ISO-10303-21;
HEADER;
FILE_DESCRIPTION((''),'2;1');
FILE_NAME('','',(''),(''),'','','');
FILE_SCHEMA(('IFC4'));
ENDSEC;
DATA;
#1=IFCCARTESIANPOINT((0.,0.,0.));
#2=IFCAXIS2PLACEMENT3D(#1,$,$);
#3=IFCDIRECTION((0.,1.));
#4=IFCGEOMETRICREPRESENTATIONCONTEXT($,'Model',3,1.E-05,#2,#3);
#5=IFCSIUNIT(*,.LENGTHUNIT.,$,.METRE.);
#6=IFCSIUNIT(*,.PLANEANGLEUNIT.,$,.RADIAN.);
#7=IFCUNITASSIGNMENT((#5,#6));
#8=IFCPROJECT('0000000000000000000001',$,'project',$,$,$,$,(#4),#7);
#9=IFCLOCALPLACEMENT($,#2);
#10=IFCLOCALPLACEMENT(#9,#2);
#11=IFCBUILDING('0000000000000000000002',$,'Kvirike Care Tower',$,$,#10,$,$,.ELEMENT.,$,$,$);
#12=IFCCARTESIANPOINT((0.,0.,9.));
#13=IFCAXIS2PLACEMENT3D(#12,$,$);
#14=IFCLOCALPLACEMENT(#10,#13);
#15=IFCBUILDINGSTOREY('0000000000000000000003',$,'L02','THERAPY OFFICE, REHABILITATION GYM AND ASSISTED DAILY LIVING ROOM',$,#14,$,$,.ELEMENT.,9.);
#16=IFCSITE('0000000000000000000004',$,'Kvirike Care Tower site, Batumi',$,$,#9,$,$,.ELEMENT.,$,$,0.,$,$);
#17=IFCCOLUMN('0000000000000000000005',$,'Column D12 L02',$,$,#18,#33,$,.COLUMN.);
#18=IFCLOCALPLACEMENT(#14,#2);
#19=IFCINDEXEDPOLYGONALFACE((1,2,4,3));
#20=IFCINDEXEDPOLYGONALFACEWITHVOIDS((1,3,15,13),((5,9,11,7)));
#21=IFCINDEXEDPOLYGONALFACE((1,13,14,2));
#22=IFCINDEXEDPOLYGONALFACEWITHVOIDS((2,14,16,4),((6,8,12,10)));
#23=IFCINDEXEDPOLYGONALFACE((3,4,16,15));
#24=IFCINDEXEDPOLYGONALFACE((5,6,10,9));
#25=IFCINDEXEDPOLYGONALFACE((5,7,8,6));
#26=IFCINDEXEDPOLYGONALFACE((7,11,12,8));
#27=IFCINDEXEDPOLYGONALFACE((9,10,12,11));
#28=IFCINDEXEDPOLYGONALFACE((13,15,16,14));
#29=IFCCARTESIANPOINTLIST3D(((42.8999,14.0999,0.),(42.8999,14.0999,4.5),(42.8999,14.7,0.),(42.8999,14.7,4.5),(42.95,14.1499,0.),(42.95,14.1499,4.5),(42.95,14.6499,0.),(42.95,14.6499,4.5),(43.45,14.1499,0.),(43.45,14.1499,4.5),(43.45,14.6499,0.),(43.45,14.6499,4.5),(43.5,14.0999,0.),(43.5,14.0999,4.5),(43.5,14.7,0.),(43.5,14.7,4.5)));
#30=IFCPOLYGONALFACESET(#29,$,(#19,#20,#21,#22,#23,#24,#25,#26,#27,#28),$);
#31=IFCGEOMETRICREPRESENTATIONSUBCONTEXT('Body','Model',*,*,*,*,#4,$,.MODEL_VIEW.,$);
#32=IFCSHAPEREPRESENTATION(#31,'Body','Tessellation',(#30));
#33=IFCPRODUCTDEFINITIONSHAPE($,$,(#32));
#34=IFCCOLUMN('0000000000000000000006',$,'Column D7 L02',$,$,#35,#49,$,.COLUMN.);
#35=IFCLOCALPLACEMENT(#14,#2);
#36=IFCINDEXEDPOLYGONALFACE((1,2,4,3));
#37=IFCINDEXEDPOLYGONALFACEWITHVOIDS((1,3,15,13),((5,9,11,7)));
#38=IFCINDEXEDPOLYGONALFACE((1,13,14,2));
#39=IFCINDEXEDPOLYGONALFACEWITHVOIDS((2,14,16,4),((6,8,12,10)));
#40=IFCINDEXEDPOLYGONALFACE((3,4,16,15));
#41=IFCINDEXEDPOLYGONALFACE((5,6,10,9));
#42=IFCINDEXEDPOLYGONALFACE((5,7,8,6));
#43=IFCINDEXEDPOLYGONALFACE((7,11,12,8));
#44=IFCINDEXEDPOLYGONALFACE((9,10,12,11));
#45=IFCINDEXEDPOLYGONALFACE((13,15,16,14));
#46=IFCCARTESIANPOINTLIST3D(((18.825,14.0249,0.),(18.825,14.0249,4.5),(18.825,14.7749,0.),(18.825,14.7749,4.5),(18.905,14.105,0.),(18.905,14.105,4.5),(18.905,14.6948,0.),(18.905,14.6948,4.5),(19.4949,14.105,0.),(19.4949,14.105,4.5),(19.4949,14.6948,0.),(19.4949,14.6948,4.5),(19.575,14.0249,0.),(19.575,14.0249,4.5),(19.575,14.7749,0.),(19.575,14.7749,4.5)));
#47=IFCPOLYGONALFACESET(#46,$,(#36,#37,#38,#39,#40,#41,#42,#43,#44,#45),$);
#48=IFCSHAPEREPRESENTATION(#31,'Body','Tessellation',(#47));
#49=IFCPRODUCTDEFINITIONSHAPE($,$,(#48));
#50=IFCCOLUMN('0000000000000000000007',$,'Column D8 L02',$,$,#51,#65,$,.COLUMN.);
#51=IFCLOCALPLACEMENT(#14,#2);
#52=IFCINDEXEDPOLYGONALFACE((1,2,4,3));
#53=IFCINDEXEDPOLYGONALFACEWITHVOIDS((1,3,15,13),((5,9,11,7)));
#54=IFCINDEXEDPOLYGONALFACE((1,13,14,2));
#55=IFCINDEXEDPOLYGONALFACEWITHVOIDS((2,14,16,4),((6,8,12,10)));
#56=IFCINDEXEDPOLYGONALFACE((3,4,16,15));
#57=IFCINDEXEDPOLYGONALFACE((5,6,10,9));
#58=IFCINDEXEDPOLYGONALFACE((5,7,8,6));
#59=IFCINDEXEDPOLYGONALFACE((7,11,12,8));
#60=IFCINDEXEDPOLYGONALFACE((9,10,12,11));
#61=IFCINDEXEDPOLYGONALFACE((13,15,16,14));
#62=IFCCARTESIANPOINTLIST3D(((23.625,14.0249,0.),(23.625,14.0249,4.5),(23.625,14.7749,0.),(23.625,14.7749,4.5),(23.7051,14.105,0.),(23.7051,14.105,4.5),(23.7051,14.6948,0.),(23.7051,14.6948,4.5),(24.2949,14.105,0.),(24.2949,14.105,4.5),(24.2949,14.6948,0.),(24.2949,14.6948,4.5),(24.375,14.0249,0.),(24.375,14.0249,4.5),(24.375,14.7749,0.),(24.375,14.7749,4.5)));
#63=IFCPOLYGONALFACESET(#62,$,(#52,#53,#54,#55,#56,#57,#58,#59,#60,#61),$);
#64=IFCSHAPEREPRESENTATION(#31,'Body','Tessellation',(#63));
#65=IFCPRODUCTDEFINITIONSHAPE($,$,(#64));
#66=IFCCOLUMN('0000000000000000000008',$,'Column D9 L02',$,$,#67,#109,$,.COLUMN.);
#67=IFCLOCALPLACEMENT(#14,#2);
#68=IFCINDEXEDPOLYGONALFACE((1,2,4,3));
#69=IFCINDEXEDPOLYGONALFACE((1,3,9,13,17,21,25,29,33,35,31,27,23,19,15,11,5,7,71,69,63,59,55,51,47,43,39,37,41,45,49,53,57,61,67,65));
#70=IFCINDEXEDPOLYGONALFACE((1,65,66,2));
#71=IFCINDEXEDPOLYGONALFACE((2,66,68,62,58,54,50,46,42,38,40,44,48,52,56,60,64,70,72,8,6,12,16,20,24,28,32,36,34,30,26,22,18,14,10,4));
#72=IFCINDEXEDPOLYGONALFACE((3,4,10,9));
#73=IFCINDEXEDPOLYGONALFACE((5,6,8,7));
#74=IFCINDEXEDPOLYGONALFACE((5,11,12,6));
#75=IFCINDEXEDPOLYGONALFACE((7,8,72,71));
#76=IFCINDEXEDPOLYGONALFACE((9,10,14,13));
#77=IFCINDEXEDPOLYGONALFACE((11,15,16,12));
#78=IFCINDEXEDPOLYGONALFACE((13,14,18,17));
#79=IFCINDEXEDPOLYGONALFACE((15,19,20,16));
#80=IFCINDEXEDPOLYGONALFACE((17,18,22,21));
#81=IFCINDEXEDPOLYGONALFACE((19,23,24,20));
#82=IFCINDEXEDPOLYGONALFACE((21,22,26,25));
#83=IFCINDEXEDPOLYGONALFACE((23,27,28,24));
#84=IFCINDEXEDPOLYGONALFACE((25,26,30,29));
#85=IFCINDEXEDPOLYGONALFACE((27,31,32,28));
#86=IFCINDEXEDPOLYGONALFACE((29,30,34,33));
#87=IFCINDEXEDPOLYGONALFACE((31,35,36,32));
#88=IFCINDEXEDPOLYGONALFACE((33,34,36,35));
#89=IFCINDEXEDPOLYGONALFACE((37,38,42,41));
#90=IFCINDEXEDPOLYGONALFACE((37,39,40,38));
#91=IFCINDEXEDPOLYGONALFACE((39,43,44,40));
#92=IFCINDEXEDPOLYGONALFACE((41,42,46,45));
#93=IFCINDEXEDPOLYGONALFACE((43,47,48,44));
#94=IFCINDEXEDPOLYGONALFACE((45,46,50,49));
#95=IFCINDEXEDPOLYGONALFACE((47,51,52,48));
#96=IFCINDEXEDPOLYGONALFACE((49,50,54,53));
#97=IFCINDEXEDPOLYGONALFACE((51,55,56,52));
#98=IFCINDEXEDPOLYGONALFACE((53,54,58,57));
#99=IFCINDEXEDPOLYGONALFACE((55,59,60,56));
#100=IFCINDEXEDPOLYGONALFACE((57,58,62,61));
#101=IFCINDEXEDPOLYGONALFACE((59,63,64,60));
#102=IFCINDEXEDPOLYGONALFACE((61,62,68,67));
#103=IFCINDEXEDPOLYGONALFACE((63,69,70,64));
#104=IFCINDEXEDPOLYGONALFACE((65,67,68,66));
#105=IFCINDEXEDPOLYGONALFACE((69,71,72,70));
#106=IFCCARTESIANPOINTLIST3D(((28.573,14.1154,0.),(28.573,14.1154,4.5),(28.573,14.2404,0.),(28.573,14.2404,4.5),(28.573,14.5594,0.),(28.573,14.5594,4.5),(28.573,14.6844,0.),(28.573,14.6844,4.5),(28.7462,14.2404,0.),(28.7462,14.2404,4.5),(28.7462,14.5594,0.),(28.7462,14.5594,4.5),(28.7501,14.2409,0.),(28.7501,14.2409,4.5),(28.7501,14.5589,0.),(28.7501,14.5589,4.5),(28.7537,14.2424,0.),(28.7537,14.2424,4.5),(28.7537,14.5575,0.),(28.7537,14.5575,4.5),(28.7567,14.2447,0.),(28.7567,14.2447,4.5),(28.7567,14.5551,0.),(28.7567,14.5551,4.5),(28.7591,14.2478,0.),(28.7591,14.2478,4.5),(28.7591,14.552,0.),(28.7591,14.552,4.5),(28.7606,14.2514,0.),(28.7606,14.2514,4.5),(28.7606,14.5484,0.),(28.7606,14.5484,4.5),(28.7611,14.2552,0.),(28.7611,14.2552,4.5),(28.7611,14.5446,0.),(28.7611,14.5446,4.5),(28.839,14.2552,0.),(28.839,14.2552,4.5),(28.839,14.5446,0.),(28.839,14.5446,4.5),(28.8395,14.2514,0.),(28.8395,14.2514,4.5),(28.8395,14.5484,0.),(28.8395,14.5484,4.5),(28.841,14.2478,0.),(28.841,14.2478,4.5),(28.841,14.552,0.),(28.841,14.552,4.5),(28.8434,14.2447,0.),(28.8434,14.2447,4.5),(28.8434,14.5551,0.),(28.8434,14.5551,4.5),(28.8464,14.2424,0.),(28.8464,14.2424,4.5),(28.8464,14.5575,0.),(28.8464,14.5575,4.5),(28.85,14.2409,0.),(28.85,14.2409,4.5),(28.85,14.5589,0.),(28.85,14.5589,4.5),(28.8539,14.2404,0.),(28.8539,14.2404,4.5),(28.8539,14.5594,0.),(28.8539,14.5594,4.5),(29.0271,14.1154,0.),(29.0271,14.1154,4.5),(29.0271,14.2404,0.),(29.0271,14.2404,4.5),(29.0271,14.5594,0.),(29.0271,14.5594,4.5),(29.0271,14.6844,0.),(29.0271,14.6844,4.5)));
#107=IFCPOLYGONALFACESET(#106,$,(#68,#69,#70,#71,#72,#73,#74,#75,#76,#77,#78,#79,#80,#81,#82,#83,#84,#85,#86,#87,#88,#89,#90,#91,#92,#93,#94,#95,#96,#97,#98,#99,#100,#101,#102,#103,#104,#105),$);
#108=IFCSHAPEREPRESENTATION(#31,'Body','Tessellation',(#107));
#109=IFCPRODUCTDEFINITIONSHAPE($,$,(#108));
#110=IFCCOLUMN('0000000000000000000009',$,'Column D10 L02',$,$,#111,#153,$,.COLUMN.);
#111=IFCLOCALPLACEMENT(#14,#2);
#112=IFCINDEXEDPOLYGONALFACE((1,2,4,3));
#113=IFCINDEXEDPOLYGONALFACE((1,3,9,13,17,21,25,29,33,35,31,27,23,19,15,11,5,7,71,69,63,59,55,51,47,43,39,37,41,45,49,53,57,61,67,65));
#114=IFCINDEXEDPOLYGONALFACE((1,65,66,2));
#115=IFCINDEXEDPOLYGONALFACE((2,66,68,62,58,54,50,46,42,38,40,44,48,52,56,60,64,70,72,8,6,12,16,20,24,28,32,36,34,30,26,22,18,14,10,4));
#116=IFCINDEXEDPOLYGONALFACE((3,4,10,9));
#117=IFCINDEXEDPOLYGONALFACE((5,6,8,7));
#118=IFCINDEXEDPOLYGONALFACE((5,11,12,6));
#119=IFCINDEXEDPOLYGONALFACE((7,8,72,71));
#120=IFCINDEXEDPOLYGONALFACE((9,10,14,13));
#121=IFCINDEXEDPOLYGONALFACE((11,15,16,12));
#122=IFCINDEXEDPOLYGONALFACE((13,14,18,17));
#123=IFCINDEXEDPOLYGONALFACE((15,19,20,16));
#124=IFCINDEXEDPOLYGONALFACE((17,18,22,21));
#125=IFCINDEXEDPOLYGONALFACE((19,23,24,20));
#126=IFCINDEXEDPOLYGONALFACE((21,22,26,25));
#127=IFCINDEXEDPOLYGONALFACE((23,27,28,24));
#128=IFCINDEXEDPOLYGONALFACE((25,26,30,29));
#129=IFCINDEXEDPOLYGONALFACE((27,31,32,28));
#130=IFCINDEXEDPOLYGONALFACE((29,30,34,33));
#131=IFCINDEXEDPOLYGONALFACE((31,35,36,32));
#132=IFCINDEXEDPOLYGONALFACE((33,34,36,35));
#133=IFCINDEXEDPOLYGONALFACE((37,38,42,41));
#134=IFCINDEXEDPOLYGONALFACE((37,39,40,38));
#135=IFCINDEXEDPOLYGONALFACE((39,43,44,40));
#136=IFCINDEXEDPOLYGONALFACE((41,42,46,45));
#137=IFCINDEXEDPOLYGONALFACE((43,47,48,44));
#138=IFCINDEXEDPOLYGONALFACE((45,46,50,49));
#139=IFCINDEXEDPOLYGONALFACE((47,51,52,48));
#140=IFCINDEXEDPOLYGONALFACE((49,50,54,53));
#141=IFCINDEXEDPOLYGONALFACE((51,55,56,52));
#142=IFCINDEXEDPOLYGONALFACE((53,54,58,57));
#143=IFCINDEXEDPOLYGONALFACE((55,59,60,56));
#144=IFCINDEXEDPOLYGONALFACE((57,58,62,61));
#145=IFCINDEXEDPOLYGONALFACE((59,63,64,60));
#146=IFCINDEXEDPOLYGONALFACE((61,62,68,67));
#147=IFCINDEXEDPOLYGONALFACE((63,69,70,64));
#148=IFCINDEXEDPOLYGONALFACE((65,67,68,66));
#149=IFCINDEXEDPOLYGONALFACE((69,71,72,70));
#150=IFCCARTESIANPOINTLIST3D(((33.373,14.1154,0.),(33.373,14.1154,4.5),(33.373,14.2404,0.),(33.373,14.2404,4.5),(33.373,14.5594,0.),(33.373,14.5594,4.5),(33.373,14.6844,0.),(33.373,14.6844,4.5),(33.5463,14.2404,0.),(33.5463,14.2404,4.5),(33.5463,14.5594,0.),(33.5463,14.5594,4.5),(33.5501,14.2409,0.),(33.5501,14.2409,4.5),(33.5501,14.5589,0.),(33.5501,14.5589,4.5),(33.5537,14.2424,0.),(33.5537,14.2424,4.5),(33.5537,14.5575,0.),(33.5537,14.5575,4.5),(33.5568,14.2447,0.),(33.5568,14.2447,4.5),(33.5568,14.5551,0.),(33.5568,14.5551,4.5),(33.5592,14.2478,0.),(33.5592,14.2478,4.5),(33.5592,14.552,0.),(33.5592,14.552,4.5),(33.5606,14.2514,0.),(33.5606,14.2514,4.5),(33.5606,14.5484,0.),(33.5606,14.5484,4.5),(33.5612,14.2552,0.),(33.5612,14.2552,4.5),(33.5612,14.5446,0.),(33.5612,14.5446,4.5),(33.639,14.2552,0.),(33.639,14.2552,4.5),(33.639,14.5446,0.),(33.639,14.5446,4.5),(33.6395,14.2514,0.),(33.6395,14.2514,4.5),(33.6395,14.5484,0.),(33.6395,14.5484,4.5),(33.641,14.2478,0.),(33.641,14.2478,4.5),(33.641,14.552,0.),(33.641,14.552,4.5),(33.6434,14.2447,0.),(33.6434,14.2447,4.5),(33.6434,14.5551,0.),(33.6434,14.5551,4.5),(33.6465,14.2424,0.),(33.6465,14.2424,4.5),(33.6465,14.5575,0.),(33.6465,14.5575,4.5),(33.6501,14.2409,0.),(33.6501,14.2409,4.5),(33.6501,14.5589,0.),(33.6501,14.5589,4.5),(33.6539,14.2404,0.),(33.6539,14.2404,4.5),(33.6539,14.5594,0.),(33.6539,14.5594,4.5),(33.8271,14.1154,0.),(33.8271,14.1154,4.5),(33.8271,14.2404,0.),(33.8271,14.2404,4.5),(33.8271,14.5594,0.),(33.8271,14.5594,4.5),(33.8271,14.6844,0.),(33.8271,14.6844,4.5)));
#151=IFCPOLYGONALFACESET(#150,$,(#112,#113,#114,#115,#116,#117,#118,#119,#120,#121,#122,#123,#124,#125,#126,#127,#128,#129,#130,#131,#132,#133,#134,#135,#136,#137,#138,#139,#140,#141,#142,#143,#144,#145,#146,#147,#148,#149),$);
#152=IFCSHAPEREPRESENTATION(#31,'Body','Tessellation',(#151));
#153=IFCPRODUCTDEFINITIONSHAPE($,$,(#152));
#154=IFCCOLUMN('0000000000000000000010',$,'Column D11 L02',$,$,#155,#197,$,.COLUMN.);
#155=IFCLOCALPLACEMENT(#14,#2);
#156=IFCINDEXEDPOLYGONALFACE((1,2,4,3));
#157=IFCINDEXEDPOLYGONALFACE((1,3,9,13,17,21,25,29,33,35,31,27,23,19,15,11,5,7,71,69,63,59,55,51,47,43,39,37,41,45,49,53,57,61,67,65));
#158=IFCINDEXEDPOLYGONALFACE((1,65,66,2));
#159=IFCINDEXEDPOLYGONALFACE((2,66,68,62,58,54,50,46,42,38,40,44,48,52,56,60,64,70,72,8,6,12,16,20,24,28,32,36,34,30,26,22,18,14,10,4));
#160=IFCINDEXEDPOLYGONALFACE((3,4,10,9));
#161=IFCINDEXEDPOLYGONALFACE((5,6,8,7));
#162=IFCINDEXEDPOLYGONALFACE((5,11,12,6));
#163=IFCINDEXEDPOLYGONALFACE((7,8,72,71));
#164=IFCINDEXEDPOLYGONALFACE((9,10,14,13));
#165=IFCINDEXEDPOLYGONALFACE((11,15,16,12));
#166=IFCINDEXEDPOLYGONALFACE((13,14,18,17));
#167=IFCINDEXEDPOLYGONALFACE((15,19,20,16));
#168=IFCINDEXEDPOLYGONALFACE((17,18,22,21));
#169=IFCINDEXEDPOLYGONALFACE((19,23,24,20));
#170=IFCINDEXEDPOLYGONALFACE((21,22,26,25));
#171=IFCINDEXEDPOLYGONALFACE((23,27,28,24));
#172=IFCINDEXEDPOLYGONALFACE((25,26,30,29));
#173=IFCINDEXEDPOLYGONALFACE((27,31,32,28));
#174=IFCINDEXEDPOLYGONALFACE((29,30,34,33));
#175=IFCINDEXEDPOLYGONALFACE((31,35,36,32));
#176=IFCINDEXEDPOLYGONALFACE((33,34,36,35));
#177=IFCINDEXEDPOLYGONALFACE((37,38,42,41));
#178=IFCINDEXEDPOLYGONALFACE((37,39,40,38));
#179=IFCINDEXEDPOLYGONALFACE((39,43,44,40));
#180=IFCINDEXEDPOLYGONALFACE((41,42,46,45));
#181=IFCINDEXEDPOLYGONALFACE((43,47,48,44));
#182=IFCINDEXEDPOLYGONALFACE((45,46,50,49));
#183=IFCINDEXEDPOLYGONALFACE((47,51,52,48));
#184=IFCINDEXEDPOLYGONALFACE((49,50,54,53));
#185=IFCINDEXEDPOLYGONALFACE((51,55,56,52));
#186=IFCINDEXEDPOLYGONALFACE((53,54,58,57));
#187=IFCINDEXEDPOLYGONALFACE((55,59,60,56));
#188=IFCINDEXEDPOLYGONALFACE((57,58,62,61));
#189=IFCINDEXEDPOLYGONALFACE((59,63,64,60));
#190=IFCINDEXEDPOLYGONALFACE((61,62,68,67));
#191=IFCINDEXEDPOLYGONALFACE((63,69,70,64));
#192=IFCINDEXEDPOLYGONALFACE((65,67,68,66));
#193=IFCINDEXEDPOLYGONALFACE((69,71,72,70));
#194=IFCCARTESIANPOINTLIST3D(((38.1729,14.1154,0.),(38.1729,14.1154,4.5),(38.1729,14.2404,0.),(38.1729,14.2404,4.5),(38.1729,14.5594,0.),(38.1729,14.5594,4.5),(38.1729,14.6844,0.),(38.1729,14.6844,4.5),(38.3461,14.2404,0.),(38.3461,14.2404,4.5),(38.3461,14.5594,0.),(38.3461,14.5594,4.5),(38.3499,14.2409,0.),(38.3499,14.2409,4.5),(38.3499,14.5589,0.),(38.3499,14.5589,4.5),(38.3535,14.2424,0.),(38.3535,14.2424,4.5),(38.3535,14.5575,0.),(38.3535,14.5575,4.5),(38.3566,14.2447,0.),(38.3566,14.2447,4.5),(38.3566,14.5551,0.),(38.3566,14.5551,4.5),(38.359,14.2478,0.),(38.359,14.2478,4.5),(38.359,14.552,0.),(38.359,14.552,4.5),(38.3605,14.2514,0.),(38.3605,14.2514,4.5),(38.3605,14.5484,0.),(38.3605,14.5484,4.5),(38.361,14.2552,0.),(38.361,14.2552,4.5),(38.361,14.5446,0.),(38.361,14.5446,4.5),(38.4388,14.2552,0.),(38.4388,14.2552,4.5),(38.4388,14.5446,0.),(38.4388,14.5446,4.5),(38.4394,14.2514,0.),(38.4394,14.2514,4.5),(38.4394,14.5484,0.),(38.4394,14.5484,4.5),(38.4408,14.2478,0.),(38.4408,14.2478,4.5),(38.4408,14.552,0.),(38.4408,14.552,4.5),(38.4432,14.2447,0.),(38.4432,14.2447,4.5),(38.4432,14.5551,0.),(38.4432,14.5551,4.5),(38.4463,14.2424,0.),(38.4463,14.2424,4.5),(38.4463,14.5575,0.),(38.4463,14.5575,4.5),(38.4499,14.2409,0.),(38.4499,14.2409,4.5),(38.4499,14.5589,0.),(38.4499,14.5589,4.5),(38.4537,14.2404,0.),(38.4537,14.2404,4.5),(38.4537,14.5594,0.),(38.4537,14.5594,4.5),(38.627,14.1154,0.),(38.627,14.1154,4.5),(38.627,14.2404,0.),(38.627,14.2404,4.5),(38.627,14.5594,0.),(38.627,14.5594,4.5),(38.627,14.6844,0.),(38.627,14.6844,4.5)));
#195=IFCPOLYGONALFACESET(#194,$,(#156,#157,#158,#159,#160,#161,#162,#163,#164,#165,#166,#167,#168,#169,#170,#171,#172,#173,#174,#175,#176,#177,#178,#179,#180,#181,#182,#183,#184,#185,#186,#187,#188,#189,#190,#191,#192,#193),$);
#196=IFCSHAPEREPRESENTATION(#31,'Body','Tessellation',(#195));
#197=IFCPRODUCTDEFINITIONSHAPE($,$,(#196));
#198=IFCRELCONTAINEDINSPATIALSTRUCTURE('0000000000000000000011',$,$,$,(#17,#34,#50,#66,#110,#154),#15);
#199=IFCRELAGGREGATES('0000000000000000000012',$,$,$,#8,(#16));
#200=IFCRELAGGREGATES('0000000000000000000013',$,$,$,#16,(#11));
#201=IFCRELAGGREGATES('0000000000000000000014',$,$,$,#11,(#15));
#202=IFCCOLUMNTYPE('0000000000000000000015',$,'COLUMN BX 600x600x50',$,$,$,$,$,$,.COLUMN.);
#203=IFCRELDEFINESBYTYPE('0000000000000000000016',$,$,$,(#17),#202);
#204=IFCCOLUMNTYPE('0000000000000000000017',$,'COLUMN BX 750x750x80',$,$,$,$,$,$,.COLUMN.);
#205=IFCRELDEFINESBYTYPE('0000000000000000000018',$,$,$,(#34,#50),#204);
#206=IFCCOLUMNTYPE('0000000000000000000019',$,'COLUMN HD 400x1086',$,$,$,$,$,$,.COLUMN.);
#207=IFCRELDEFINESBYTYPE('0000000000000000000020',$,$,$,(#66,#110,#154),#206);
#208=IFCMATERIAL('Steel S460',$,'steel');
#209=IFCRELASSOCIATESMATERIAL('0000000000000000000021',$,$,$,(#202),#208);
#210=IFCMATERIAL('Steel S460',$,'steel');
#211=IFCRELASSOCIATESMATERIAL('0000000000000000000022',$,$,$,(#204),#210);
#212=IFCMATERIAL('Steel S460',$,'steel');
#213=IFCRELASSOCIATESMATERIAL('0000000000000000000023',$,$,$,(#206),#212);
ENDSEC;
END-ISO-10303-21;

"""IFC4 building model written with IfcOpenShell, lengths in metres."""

from ifc_helpers import new_model, si_unit, direction, frame, origin, origin_2d, place, context, subcontext, project, spatial, hollow_rectangle, i_section, extrude, material, material_profile, profile_set, type_object, element, save


model = new_model("IFC4")

# Units and contexts
model_context = context("Model", 3, precision=1e-05, world=origin(), true_north=direction((0.0, 1.0)))
body_context = subcontext(model_context, "Body", "Model", "MODEL_VIEW")
ifc_project = project(units=[si_unit("LENGTHUNIT", "METRE"), si_unit("PLANEANGLEUNIT", "RADIAN")], contexts=[model_context])

# Site, building, storey
site_placement = place(None, origin())
site = spatial("IfcSite", under=ifc_project, at=site_placement, Name="Kvirike Care Tower site, Batumi", CompositionType="ELEMENT", RefElevation=0.0)
building_placement = place(site_placement, origin())
building = spatial("IfcBuilding", under=site, at=building_placement, Name="Kvirike Care Tower", CompositionType="ELEMENT")
storey_placement = place(building_placement, frame((0.0, 0.0, 9.0)))
storey = spatial("IfcBuildingStorey", under=building, at=storey_placement, Name="L02", Description="THERAPY OFFICE, REHABILITATION GYM AND ASSISTED DAILY LIVING ROOM", CompositionType="ELEMENT", Elevation=9.0)

# Columns
ifc_material_1 = material(Name="Steel S460", Category="steel")
ifc_material_profile_1 = material_profile(ifc_material_1, hollow_rectangle(XDim=0.6001, YDim=0.6001, WallThickness=0.05, at=origin_2d()), Name="BX 600x600x50")
ifc_profile_set_1 = profile_set([ifc_material_profile_1], Name="Steel S460")
column_type_1 = type_object("IfcColumnType", Name="COLUMN BX 600x600x50", PredefinedType="COLUMN", material=ifc_profile_set_1)
column_placement = place(storey_placement, frame((43.2, 14.3999, 0.0), z_axis=(0.0, 0.0, 1.0), x_axis=(0.0, 1.0, 0.0)))
element("IfcColumn", 1, at=column_placement, inside=storey, type_object=column_type_1, Name="Column D12 L02", PredefinedType="COLUMN", context=body_context, shape_type="SweptSolid", body=[
    extrude(hollow_rectangle(XDim=0.6001, YDim=0.6001, WallThickness=0.05, at=origin_2d()), origin(), (0.0, 0.0, 1.0), 4.5),
])
ifc_material_2 = material(Name="Steel S460", Category="steel")
ifc_material_profile_2 = material_profile(ifc_material_2, hollow_rectangle(XDim=0.75, YDim=0.75, WallThickness=0.0801, at=origin_2d()), Name="BX 750x750x80")
ifc_profile_set_2 = profile_set([ifc_material_profile_2], Name="Steel S460")
column_type_2 = type_object("IfcColumnType", Name="COLUMN BX 750x750x80", PredefinedType="COLUMN", material=ifc_profile_set_2)
for number, where, z_axis, x_axis, name in (
    (2, (19.2, 14.3999, 0.0), (0.0, 0.0, 1.0), (1.0, 0.0, 0.0), "Column D7 L02"),
    (3, (24.0, 14.3999, 0.0), (0.0, 0.0, 1.0), (1.0, 0.0, 0.0), "Column D8 L02"),
):
    element("IfcColumn", number, at=place(storey_placement, frame(where, z_axis=z_axis, x_axis=x_axis)), inside=storey, type_object=column_type_2, Name=name, PredefinedType="COLUMN", context=body_context, shape_type="SweptSolid", body=[
        extrude(hollow_rectangle(XDim=0.75, YDim=0.75, WallThickness=0.0801, at=origin_2d()), origin(), (0.0, 0.0, 1.0), 4.5),
    ])
ifc_material_3 = material(Name="Steel S460", Category="steel")
ifc_material_profile_3 = material_profile(ifc_material_3, i_section(OverallWidth=0.4541, OverallDepth=0.5691, WebThickness=0.0779, FlangeThickness=0.125, FilletRadius=0.0149, at=origin_2d()), Name="HD 400x1086")
ifc_profile_set_3 = profile_set([ifc_material_profile_3], Name="Steel S460")
column_type_3 = type_object("IfcColumnType", Name="COLUMN HD 400x1086", PredefinedType="COLUMN", material=ifc_profile_set_3)
for number, where, z_axis, x_axis, name in (
    (4, (28.8, 14.3999, 0.0), (0.0, 0.0, 1.0), (1.0, 0.0, 0.0), "Column D9 L02"),
    (5, (33.6001, 14.3999, 0.0), (0.0, 0.0, 1.0), (1.0, 0.0, 0.0), "Column D10 L02"),
    (6, (38.3999, 14.3999, 0.0), (0.0, 0.0, 1.0), (1.0, 0.0, 0.0), "Column D11 L02"),
):
    element("IfcColumn", number, at=place(storey_placement, frame(where, z_axis=z_axis, x_axis=x_axis)), inside=storey, type_object=column_type_3, Name=name, PredefinedType="COLUMN", context=body_context, shape_type="SweptSolid", body=[
        extrude(i_section(OverallWidth=0.4541, OverallDepth=0.5691, WebThickness=0.0779, FlangeThickness=0.125, FilletRadius=0.0149, at=origin_2d()), origin(), (0.0, 0.0, 1.0), 4.5),
    ])

save(model, "model.ifc")
